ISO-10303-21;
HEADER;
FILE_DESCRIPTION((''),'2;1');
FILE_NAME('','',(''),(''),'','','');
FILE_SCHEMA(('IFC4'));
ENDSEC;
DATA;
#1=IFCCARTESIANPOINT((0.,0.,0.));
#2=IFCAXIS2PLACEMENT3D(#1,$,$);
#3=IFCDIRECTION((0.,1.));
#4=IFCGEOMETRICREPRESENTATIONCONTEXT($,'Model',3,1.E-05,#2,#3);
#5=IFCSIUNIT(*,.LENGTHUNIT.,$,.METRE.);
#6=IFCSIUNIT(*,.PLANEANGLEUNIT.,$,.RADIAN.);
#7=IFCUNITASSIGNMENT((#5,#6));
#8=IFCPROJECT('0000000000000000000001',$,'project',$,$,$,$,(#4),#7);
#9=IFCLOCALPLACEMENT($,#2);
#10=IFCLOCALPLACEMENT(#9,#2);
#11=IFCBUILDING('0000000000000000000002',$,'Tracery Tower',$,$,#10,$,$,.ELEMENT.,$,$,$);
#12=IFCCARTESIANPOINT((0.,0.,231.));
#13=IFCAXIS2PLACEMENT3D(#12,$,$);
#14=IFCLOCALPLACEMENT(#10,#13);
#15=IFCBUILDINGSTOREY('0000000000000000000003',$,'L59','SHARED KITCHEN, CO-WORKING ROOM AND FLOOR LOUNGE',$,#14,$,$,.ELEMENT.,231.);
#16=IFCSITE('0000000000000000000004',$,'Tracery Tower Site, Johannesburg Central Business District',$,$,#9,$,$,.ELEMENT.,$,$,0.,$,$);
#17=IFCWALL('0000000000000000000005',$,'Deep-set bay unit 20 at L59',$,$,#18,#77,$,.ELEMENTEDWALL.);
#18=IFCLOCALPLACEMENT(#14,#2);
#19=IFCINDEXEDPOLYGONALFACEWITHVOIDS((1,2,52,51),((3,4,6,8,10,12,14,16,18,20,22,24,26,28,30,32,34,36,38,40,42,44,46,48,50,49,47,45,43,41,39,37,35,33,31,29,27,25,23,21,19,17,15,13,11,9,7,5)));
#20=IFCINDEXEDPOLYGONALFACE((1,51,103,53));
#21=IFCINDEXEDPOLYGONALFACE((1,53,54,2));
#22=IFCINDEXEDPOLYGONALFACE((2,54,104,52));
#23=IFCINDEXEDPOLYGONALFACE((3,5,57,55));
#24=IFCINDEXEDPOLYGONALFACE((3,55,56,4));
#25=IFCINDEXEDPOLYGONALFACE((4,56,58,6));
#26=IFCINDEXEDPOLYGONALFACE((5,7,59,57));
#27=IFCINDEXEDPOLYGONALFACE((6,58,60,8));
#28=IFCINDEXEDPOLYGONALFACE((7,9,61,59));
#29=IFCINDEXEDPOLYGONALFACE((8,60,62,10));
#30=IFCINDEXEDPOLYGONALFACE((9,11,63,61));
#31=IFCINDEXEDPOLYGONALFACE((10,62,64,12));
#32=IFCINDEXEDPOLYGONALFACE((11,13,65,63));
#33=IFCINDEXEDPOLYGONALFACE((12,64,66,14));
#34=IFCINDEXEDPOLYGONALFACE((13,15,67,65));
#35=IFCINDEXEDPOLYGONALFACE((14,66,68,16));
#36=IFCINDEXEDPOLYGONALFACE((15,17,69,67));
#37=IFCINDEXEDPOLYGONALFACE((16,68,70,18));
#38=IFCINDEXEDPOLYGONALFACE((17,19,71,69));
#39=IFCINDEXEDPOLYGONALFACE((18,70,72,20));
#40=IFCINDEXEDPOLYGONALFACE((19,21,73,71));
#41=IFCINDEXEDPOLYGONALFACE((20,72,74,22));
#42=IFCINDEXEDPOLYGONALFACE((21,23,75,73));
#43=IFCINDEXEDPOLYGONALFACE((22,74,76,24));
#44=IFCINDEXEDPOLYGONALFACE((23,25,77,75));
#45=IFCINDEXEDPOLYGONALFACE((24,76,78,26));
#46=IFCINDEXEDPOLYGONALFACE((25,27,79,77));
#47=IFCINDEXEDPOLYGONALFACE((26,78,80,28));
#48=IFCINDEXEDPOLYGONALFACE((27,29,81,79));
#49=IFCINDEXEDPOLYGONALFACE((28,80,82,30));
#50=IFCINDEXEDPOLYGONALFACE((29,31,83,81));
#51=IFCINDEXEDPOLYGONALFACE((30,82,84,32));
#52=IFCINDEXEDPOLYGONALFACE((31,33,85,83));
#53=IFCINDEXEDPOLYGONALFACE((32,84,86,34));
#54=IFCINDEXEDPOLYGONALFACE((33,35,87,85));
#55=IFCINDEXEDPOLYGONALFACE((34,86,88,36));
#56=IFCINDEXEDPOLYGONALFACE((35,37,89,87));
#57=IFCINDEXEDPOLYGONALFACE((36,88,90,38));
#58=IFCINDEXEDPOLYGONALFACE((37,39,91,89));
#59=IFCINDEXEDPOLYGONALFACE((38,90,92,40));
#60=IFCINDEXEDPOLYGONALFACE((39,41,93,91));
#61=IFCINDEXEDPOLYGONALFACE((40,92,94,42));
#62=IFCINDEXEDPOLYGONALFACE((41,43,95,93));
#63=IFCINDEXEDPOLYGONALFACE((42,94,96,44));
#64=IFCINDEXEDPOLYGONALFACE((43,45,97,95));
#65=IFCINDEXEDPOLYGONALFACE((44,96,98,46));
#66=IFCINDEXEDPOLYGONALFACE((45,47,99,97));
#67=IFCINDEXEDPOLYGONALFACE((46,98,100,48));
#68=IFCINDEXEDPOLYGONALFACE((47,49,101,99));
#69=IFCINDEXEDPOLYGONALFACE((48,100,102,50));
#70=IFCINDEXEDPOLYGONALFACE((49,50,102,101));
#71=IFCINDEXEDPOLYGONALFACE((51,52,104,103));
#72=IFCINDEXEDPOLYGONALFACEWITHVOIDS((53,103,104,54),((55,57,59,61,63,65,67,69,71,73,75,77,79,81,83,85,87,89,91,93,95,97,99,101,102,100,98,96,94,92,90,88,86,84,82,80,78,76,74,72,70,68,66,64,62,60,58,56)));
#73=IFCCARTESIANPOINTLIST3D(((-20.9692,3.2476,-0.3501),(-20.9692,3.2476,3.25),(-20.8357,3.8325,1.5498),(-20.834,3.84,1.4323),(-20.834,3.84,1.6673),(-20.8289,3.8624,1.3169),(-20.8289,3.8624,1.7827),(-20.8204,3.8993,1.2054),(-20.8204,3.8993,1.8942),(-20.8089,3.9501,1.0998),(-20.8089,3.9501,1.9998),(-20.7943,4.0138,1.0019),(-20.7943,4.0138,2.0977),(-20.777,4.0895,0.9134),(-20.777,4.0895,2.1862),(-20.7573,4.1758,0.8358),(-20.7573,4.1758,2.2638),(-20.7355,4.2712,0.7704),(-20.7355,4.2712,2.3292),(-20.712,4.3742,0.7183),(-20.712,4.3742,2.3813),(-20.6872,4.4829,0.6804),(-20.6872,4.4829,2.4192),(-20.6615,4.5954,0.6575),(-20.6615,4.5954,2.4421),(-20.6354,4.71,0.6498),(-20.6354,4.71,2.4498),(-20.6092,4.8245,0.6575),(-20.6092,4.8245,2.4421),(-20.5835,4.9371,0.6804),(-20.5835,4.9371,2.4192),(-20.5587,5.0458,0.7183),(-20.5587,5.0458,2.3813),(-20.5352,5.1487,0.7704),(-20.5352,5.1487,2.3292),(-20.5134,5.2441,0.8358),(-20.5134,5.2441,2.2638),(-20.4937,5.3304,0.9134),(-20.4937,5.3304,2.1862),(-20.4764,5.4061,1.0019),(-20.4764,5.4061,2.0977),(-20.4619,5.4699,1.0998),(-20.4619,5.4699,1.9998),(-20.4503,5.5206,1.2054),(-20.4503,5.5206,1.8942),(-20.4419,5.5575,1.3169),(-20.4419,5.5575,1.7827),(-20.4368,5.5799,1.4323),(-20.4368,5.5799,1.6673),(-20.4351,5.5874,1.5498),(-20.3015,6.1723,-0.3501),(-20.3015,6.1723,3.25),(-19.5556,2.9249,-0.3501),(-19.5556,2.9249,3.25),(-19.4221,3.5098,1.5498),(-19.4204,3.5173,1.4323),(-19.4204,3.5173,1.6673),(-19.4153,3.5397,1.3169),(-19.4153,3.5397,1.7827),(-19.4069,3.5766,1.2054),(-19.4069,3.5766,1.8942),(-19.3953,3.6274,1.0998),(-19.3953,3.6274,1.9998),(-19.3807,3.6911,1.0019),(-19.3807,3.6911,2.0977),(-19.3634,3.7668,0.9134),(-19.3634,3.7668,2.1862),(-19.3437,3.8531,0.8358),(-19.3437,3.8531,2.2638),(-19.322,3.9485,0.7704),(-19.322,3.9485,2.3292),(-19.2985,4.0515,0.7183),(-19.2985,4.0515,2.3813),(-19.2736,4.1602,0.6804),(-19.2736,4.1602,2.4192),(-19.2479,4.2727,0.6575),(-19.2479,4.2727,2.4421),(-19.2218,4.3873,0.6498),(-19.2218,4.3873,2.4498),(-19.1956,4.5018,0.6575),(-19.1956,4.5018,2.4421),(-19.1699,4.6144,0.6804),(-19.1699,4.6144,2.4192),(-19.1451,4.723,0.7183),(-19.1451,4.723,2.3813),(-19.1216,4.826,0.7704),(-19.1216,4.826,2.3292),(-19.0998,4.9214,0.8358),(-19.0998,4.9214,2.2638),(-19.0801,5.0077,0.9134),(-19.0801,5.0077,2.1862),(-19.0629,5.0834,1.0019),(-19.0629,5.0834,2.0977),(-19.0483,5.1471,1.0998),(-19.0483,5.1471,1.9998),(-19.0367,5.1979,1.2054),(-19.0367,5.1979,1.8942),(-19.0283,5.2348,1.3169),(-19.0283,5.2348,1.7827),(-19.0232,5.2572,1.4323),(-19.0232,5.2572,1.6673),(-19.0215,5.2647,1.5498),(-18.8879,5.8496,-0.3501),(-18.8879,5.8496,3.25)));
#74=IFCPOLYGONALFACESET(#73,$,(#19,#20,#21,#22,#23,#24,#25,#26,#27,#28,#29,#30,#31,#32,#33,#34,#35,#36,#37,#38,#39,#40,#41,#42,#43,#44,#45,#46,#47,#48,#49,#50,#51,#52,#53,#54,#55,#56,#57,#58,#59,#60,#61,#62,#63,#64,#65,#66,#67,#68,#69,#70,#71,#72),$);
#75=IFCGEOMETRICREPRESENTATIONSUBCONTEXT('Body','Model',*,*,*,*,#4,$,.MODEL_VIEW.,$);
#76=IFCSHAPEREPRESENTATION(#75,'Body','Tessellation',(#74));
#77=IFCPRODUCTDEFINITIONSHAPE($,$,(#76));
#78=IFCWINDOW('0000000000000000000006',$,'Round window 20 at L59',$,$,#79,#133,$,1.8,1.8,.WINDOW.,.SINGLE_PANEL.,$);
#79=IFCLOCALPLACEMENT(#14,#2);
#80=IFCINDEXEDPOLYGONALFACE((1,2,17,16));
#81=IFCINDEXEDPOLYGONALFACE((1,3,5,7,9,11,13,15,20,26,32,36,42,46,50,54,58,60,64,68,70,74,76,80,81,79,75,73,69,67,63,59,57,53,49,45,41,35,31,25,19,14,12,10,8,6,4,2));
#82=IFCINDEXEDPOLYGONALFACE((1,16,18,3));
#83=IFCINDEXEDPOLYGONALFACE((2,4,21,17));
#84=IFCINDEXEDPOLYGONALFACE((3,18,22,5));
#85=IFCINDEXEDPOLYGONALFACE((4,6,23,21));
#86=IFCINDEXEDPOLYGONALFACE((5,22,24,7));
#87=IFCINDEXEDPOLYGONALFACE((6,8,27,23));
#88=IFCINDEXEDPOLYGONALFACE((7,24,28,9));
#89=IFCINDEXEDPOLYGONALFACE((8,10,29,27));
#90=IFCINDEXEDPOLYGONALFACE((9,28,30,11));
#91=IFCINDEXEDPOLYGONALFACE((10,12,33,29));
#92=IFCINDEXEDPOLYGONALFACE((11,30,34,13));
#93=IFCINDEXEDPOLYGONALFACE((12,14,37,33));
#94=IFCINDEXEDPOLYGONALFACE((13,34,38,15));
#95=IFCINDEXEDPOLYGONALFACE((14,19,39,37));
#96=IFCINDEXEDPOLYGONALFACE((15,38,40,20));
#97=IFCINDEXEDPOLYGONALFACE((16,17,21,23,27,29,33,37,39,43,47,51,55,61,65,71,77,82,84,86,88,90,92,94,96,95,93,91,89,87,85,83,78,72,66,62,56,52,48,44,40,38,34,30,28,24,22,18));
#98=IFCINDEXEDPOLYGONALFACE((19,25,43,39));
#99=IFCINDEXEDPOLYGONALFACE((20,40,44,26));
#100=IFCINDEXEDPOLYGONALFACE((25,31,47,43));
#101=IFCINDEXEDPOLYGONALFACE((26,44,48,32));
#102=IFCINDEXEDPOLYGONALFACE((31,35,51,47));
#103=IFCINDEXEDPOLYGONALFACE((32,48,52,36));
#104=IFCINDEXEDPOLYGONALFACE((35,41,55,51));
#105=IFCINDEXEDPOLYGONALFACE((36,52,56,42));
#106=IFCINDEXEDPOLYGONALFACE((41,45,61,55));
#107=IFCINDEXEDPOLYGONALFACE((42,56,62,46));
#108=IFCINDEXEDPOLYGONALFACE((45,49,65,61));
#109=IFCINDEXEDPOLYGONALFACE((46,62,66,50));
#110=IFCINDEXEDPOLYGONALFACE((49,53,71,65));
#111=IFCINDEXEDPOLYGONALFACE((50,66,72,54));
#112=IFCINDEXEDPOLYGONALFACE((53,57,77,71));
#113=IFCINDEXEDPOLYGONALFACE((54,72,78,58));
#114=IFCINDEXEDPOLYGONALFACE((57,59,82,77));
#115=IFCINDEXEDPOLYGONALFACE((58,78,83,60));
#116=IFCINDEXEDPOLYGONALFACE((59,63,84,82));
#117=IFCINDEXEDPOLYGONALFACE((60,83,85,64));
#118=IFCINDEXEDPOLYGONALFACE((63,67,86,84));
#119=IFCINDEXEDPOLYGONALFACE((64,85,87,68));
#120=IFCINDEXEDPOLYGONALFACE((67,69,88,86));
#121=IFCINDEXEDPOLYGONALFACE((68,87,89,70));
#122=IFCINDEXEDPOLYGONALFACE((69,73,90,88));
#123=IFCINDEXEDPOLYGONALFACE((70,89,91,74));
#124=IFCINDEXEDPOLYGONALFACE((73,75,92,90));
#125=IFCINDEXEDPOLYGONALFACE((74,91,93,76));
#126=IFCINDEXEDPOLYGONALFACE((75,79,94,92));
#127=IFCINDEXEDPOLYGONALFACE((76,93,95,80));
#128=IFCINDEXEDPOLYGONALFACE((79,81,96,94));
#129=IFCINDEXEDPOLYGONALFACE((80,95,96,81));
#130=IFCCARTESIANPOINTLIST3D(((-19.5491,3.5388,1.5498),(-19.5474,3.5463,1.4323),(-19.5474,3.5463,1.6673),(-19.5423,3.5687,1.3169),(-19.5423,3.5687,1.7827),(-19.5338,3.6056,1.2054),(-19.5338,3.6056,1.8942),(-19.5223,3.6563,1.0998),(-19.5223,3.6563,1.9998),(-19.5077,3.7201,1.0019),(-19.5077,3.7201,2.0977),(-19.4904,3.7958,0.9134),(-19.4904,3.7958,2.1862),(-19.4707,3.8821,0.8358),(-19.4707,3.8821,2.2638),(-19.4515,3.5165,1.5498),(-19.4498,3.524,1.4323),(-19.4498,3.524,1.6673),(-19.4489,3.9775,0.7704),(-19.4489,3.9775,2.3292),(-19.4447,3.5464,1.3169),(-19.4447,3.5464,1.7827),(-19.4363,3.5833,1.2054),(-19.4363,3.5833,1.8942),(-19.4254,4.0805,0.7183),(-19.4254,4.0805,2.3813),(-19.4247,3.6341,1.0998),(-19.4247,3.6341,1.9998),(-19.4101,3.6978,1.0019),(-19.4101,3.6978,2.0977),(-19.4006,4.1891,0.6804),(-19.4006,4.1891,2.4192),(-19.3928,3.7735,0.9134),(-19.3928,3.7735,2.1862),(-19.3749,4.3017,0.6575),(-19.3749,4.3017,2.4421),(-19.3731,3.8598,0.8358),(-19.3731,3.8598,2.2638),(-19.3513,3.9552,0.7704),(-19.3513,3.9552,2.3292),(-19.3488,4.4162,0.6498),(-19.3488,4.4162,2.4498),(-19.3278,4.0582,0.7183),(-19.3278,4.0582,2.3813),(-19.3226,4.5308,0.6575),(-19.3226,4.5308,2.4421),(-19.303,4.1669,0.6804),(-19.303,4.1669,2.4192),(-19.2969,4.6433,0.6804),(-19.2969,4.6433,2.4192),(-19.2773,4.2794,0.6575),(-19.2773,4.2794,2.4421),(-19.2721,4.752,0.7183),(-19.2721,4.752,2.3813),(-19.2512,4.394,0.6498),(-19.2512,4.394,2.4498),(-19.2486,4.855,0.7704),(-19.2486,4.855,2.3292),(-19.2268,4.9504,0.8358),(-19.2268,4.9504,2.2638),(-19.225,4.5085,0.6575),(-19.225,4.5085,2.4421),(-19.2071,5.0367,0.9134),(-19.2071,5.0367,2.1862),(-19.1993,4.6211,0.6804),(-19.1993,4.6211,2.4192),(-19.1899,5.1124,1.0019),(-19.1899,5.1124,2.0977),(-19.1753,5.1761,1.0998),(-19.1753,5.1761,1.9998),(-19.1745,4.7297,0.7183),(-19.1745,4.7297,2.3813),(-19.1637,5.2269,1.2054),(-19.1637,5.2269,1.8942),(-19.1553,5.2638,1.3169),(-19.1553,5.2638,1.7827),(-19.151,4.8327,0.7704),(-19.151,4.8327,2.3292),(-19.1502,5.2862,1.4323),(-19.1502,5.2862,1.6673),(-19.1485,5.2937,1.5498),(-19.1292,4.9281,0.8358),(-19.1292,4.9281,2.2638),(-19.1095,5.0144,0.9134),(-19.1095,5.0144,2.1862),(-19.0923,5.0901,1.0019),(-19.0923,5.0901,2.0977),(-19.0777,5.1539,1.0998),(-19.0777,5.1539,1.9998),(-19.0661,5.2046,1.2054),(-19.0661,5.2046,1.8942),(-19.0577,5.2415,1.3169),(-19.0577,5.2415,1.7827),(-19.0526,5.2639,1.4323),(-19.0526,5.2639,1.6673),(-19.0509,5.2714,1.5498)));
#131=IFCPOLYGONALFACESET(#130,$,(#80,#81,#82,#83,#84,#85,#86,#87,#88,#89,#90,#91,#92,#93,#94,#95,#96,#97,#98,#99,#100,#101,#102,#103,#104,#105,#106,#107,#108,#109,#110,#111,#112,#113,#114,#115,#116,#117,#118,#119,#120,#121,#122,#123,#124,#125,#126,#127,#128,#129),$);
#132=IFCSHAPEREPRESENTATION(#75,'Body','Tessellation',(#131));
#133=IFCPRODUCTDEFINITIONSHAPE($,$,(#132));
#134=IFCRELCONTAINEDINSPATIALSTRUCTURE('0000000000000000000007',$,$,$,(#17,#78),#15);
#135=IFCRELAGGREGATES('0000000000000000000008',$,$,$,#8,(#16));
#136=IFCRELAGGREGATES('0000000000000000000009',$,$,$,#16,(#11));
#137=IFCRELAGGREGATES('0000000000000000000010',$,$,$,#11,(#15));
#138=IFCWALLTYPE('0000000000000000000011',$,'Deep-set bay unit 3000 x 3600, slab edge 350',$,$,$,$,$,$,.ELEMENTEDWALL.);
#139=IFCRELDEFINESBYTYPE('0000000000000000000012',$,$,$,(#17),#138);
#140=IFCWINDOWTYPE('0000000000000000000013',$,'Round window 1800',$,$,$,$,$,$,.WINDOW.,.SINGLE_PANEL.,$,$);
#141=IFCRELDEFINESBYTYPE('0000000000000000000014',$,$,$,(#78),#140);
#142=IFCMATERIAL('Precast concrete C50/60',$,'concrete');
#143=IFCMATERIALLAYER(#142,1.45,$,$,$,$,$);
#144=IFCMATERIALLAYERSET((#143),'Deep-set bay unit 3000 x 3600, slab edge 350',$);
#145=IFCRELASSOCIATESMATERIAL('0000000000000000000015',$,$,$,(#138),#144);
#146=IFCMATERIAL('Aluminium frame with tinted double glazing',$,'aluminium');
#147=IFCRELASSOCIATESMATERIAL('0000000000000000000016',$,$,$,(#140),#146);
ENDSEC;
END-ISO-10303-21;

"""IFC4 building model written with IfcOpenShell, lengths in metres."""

from ifc_helpers import new_model, si_unit, direction, frame, frame_2d, origin, origin_2d, place, context, subcontext, project, spatial, rectangle, circle, extrude, material, layer, layer_set, type_object, element, fill, save


model = new_model("IFC4")

# Units and contexts
model_context = context("Model", 3, precision=1e-05, world=origin(), true_north=direction((0.0, 1.0)))
body_context = subcontext(model_context, "Body", "Model", "MODEL_VIEW")
ifc_project = project(units=[si_unit("LENGTHUNIT", "METRE"), si_unit("PLANEANGLEUNIT", "RADIAN")], contexts=[model_context])

# Site, building, storey
site_placement = place(None, origin())
site = spatial("IfcSite", under=ifc_project, at=site_placement, Name="Tracery Tower Site, Johannesburg Central Business District", CompositionType="ELEMENT", RefElevation=0.0)
building_placement = place(site_placement, origin())
building = spatial("IfcBuilding", under=site, at=building_placement, Name="Tracery Tower", CompositionType="ELEMENT")
storey_placement = place(building_placement, frame((0.0, 0.0, 231.0)))
storey = spatial("IfcBuildingStorey", under=building, at=storey_placement, Name="L59", Description="SHARED KITCHEN, CO-WORKING ROOM AND FLOOR LOUNGE", CompositionType="ELEMENT", Elevation=231.0)

# Wall, opening, window
ifc_material_1 = material(Name="Precast concrete C50/60", Category="concrete")
ifc_layer_1 = layer(ifc_material_1, 1.45)
ifc_layer_set_1 = layer_set([ifc_layer_1], Name="Deep-set bay unit 3000 x 3600, slab edge 350")
wall_type_1 = type_object("IfcWallType", Name="Deep-set bay unit 3000 x 3600, slab edge 350", PredefinedType="ELEMENTEDWALL", material=ifc_layer_set_1)
wall_1_placement = place(storey_placement, frame((-19.5947, 6.011, -0.3501), z_axis=(0.0, 0.0, 1.0), x_axis=(-0.222571, -0.974917, 0.0)))
wall_1 = element("IfcWall", 1, at=wall_1_placement, inside=storey, type_object=wall_type_1, Name="Deep-set bay unit 20 at L59", PredefinedType="ELEMENTEDWALL", context=body_context, shape_type="SweptSolid", body=[
    extrude(rectangle(XDim=3.0, YDim=1.45, at=frame_2d((1.5, 0.0))), origin(), (0.0, 0.0, 1.0), 3.6001),
])
opening_1_placement = place(wall_1_placement, frame((1.5, 0.0, 1.8999)))
opening_1 = element("IfcOpeningElement", 2, at=opening_1_placement, cuts=wall_1, PredefinedType="OPENING", context=body_context, shape_type="SweptSolid", body=[
    extrude(circle(Radius=0.9, at=origin_2d()), frame((0.0, 0.7349, 0.0), z_axis=(0.0, -1.0, 0.0), x_axis=(1.0, 0.0, 0.0)), (0.0, 0.0, 1.0), 1.47),
])
ifc_material_2 = material(Name="Aluminium frame with tinted double glazing", Category="aluminium")
window_type = type_object("IfcWindowType", Name="Round window 1800", PartitioningType="SINGLE_PANEL", PredefinedType="WINDOW", material=ifc_material_2)
window_1_placement = place(opening_1_placement, origin())
window_1 = element("IfcWindow", 3, at=window_1_placement, inside=storey, type_object=window_type, Name="Round window 20 at L59", OverallHeight=1.8, OverallWidth=1.8, PartitioningType="SINGLE_PANEL", PredefinedType="WINDOW", context=body_context, shape_type="SweptSolid", body=[
    extrude(circle(Radius=0.9, at=origin_2d()), frame((0.0, 0.6948, 0.0), z_axis=(0.0, -1.0, 0.0), x_axis=(1.0, 0.0, 0.0)), (0.0, 0.0, 1.0), 0.1001),
])
fill(opening_1, window_1)

save(model, "model.ifc")
